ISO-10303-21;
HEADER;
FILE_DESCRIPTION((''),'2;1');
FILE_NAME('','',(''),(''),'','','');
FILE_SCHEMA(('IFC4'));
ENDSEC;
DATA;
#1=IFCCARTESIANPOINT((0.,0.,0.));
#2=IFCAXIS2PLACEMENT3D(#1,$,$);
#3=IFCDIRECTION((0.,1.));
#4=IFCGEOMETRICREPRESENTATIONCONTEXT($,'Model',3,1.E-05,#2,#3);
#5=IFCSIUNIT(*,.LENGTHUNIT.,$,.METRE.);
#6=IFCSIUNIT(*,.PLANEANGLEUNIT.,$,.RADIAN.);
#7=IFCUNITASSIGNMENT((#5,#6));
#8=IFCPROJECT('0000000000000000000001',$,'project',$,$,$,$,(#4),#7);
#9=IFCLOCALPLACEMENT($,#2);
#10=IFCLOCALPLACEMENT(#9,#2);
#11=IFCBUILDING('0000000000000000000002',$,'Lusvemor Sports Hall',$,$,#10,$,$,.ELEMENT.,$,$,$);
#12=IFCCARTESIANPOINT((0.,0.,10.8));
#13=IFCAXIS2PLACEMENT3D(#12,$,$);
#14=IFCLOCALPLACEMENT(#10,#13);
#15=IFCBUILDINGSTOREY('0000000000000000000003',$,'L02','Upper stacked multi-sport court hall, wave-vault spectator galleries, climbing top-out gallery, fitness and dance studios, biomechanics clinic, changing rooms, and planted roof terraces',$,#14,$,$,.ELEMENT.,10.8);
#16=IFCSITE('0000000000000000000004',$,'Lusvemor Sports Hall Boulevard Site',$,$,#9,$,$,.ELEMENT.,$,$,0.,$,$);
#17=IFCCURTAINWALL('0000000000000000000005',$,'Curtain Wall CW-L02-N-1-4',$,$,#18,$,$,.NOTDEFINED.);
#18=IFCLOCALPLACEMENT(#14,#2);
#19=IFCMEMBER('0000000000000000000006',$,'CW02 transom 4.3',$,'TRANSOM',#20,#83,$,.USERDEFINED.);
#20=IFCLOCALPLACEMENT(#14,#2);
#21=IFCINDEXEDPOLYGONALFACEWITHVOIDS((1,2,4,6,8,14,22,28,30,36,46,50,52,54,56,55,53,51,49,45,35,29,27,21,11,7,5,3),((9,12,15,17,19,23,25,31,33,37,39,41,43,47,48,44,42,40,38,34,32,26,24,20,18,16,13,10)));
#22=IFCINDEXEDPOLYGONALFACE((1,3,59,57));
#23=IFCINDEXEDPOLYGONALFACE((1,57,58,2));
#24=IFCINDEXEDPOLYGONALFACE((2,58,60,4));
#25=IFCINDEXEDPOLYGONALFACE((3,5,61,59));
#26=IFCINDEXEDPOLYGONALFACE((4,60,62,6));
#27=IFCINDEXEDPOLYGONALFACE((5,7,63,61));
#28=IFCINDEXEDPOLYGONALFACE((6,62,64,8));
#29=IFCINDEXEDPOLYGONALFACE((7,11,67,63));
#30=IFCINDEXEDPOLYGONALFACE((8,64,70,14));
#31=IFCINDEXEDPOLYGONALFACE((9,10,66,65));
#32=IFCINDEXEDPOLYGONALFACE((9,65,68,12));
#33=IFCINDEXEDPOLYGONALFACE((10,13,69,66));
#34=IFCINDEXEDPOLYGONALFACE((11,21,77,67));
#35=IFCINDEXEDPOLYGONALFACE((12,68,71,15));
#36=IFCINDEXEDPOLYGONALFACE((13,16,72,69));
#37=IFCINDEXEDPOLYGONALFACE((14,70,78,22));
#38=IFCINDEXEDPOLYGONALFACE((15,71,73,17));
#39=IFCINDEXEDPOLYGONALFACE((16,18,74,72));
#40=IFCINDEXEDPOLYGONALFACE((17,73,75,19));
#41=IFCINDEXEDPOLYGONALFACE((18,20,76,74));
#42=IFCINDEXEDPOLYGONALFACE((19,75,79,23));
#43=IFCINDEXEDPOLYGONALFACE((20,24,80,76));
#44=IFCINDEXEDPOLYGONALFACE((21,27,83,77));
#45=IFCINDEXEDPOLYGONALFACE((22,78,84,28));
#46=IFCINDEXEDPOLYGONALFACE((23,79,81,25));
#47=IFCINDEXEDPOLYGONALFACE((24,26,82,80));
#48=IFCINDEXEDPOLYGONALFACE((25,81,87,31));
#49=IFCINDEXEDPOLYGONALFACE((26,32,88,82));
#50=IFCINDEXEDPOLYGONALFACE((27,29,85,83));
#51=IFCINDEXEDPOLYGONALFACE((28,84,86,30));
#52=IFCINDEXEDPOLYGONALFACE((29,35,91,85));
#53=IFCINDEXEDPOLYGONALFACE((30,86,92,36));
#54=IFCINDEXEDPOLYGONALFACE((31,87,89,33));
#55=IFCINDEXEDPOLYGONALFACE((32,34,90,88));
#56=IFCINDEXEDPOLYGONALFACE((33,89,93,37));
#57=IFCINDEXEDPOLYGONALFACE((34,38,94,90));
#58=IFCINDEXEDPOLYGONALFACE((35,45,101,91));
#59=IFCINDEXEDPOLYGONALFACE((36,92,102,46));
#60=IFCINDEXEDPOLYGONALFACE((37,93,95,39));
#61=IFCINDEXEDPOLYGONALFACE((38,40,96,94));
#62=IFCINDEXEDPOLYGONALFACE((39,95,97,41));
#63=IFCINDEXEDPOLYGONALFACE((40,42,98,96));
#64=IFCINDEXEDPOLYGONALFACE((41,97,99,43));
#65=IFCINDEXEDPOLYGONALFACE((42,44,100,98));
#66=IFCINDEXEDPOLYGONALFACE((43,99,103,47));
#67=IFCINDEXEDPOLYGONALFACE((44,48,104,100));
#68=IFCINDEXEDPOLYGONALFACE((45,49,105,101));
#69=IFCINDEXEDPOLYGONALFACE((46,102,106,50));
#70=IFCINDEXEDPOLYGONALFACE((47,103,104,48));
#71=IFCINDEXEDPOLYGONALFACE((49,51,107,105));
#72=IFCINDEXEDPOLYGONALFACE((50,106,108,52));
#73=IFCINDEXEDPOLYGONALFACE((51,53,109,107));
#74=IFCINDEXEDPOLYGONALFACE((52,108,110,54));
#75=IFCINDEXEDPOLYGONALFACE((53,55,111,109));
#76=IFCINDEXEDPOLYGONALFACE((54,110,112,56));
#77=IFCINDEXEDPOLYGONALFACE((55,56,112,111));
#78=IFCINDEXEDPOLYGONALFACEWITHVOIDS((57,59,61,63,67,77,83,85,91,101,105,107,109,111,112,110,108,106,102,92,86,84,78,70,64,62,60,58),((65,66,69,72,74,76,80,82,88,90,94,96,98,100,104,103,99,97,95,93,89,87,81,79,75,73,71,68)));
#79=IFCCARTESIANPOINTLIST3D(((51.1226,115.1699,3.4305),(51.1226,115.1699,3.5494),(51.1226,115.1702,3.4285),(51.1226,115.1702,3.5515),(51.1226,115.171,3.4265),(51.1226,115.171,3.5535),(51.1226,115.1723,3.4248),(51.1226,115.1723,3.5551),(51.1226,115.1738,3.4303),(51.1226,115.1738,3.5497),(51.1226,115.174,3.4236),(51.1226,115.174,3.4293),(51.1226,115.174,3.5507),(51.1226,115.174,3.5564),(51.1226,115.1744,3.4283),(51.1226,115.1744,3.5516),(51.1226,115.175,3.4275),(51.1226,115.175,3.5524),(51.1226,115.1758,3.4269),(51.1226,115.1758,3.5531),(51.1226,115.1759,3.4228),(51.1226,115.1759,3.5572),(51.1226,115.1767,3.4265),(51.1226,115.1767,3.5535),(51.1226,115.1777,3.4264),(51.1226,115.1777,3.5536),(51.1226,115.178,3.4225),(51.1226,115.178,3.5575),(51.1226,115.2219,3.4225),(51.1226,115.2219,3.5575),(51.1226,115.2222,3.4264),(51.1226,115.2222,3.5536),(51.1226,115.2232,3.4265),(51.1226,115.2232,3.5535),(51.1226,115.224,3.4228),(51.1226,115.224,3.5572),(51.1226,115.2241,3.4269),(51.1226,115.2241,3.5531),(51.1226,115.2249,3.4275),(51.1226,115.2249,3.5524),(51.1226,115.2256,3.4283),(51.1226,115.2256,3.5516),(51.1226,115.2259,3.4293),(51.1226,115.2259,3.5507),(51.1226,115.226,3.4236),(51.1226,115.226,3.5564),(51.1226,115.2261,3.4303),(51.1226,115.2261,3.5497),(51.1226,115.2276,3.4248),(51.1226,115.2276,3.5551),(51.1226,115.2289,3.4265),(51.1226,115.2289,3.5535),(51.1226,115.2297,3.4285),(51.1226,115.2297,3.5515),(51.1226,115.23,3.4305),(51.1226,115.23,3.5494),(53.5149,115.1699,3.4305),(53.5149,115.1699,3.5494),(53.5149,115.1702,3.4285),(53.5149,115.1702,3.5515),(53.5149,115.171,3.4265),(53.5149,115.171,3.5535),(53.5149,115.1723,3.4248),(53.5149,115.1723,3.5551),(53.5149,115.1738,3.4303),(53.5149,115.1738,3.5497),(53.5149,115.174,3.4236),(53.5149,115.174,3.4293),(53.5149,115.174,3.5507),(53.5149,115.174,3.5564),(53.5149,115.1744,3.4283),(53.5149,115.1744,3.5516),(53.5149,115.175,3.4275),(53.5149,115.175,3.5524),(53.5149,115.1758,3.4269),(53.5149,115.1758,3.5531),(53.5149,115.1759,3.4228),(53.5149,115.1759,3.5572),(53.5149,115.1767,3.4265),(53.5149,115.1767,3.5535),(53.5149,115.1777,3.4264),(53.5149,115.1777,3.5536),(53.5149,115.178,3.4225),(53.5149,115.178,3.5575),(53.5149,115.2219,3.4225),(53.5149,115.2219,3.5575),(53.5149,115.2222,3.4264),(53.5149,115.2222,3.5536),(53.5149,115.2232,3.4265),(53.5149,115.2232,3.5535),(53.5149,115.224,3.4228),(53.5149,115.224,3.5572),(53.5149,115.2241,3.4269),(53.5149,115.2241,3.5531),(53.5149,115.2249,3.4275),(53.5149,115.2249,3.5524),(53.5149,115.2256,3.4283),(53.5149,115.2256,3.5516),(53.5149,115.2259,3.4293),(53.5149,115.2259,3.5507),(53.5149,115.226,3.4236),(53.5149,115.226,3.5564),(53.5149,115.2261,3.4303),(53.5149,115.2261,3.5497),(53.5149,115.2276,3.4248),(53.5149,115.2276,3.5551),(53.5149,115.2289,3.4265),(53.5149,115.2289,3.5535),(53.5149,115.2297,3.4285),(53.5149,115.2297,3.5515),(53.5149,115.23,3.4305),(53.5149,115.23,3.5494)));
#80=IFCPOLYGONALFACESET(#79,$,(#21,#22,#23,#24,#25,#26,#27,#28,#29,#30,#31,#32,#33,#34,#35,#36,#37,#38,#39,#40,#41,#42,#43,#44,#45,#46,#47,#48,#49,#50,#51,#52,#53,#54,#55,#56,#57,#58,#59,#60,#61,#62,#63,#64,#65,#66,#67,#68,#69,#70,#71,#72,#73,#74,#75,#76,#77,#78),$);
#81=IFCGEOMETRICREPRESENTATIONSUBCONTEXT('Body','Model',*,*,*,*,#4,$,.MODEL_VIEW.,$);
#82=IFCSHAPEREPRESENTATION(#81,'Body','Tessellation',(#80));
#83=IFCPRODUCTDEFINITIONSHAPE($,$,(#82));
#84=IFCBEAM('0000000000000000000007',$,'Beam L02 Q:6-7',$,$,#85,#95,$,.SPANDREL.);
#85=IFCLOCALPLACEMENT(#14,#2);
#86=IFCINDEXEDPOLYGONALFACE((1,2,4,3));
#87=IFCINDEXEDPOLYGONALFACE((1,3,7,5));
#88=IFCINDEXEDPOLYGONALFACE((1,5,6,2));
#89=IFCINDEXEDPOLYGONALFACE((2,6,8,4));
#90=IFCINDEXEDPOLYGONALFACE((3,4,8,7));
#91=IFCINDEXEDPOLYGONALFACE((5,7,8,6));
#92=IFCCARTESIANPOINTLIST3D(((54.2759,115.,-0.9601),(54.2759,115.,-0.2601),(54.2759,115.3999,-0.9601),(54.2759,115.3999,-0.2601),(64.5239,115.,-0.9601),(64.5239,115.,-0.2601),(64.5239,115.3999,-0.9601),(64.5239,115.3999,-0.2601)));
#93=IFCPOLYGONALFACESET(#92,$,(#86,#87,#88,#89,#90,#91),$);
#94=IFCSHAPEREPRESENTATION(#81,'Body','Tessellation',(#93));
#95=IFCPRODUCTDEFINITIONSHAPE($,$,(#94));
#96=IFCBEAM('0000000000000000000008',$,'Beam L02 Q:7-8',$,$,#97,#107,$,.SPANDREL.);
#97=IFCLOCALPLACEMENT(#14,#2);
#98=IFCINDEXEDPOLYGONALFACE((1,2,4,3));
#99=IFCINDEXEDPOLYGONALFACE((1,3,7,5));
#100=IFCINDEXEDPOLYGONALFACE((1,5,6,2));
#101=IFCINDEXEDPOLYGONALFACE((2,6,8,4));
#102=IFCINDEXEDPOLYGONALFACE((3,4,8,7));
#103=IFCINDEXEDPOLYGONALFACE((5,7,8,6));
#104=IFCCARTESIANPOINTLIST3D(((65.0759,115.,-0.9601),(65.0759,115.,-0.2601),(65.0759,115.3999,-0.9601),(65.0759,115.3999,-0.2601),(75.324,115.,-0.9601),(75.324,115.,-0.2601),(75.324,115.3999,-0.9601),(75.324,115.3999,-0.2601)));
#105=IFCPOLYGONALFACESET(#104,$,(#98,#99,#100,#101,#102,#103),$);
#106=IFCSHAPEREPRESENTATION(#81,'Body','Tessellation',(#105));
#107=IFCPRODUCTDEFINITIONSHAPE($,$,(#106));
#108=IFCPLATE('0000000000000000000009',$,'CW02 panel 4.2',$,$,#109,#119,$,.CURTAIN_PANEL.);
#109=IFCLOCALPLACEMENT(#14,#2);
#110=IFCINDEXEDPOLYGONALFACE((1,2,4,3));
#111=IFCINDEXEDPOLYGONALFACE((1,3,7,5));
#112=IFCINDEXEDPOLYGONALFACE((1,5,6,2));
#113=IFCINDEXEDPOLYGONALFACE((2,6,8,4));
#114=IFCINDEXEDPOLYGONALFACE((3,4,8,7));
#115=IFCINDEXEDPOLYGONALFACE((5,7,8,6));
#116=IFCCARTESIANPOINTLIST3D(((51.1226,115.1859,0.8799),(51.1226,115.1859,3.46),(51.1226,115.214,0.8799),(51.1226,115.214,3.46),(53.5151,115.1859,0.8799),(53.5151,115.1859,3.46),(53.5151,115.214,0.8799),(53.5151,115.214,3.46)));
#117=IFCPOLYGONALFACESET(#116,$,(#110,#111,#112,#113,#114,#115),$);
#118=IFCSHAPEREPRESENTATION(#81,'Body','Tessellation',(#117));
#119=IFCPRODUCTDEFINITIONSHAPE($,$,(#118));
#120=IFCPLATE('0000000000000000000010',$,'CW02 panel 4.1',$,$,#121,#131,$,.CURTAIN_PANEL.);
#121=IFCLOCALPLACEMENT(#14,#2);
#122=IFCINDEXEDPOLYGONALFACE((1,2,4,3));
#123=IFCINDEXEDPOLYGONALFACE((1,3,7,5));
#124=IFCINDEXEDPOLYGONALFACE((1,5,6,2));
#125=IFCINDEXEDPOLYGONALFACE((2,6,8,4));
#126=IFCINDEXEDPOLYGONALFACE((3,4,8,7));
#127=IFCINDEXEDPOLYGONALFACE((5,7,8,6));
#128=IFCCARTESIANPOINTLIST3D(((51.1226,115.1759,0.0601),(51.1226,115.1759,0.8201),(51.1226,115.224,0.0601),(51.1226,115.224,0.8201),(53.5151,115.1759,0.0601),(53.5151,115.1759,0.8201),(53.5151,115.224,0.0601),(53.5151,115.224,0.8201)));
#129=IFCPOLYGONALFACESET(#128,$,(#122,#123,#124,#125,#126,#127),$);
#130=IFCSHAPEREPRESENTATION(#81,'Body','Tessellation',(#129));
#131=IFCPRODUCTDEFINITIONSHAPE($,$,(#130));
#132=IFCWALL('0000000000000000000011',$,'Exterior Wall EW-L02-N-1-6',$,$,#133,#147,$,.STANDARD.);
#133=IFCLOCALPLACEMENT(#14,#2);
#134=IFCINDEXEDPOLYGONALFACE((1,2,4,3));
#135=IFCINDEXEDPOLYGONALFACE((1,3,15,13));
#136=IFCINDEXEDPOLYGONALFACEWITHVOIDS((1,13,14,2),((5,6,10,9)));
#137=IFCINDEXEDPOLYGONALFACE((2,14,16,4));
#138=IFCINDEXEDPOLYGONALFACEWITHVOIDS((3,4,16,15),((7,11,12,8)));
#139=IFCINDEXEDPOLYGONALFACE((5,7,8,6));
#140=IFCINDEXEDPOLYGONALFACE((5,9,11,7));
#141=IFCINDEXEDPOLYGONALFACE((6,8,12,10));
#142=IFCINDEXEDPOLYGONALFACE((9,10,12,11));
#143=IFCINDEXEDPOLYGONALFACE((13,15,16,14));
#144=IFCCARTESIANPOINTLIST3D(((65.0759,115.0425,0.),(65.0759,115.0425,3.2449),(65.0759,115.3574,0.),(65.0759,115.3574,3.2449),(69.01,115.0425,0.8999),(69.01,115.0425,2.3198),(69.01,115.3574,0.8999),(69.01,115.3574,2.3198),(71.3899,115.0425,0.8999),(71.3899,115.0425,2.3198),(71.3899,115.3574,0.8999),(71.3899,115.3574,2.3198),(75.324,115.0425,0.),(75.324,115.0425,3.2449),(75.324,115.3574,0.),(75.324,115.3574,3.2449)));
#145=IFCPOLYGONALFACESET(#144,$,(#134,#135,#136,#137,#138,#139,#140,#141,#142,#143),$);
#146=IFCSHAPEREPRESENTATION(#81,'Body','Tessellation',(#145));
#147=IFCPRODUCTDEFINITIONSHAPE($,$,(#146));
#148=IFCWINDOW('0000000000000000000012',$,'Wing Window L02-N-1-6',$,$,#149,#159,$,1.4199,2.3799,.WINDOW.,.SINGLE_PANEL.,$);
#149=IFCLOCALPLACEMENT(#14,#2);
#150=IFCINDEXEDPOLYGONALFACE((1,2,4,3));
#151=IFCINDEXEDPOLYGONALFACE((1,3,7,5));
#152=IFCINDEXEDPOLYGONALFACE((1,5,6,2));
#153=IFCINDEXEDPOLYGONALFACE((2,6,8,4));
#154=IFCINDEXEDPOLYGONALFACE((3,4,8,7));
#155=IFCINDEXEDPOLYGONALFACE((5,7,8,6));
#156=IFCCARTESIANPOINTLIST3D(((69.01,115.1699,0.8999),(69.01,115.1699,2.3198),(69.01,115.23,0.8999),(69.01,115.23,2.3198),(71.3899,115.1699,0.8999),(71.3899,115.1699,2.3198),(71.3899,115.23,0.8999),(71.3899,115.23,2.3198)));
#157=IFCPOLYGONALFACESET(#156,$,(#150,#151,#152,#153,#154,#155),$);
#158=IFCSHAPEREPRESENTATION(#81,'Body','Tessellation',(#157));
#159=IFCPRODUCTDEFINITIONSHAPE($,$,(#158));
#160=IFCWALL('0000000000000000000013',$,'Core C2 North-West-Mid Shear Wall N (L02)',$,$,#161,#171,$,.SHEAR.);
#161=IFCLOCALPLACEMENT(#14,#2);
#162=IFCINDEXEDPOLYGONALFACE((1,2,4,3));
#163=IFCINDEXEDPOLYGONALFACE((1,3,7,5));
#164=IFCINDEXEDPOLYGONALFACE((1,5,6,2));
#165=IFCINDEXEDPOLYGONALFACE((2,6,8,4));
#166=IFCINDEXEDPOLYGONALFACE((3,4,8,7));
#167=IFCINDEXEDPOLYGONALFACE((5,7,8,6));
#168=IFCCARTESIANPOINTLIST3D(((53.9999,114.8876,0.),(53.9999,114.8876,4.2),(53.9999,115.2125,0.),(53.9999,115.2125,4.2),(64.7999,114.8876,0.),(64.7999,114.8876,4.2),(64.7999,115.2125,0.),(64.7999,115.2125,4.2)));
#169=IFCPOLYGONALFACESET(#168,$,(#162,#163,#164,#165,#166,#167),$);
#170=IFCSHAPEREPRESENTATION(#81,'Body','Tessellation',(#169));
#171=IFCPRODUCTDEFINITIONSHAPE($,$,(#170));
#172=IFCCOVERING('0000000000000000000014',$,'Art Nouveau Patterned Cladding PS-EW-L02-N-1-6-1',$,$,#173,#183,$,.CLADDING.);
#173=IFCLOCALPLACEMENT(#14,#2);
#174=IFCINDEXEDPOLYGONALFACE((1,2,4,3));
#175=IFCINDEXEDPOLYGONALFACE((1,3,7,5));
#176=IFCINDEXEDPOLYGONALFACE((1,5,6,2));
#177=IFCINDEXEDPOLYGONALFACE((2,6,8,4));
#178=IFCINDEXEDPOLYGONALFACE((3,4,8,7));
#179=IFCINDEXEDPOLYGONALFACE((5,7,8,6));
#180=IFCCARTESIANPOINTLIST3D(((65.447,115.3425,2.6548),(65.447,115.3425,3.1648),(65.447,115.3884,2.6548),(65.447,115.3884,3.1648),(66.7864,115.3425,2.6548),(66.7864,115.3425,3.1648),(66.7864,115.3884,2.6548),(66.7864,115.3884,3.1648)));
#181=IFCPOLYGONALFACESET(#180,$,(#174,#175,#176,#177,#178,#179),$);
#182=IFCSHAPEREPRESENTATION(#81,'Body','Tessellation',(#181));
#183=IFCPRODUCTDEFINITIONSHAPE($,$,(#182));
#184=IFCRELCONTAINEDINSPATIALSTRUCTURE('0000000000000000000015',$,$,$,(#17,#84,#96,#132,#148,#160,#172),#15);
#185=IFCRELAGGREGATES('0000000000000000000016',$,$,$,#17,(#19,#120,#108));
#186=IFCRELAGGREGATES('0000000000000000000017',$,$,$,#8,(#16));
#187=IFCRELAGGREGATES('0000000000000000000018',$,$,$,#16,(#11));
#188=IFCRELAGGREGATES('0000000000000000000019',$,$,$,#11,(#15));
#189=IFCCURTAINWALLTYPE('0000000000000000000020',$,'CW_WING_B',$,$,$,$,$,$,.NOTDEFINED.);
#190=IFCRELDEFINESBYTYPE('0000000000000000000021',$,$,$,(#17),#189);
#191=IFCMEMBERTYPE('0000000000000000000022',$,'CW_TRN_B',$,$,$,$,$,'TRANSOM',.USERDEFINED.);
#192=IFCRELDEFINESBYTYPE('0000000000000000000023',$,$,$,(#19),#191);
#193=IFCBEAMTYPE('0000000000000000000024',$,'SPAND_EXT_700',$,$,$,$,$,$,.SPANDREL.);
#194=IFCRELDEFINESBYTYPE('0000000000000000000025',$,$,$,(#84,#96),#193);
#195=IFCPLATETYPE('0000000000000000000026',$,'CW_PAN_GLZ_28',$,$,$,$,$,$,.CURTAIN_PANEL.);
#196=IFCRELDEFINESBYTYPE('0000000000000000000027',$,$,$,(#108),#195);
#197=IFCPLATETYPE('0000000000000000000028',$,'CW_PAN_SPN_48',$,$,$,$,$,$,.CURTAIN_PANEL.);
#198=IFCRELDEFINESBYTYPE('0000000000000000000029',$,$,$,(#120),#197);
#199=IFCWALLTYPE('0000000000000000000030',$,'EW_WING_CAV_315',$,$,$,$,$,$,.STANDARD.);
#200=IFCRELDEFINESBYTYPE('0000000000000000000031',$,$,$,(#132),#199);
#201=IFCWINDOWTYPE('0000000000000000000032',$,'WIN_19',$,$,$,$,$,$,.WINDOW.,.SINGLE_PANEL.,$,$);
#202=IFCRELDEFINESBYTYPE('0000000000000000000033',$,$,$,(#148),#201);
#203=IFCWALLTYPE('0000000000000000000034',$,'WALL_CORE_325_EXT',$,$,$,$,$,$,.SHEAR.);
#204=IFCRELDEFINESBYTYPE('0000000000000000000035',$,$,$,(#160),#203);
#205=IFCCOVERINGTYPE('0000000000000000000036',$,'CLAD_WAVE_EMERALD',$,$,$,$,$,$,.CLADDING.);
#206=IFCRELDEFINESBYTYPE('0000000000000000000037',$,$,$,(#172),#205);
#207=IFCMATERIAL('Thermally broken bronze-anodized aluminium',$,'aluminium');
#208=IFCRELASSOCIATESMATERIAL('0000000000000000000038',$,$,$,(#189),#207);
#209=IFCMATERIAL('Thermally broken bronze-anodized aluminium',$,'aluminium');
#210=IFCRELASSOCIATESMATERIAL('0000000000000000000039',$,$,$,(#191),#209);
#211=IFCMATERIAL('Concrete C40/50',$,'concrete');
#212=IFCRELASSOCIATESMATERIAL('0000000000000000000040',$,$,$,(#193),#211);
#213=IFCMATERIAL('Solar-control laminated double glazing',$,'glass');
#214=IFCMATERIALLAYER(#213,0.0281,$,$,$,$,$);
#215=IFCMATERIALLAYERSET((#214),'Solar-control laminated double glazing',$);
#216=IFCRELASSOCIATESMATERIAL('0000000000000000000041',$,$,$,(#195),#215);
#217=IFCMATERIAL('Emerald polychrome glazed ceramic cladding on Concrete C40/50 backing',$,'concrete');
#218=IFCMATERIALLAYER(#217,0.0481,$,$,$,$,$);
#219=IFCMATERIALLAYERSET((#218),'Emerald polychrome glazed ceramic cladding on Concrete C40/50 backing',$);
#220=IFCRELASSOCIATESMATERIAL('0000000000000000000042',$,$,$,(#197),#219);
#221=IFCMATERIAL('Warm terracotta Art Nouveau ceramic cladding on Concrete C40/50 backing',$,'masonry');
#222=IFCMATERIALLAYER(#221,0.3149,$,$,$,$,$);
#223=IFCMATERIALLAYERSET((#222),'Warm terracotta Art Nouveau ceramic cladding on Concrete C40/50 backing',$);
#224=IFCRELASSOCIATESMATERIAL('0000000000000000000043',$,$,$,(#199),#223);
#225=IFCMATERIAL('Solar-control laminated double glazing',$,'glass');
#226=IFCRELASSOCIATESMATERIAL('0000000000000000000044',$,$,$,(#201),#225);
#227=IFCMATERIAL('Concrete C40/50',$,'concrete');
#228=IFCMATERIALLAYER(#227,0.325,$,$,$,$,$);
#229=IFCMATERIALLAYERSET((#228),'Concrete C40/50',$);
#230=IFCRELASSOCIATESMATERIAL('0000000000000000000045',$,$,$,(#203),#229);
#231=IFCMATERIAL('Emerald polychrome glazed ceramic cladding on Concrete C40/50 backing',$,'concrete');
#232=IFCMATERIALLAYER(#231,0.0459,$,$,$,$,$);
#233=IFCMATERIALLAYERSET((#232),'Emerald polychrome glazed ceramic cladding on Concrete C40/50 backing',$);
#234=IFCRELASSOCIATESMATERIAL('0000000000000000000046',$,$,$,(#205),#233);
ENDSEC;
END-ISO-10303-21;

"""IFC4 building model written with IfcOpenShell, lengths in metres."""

from ifc_helpers import new_model, si_unit, direction, frame, frame_2d, origin, origin_2d, place, context, subcontext, project, spatial, rectangle, hollow_rectangle, extrude, material, layer, layer_set, material_profile, profile_set, type_object, element, fill, aggregate, save


model = new_model("IFC4")

# Units and contexts
model_context = context("Model", 3, precision=1e-05, world=origin(), true_north=direction((0.0, 1.0)))
body_context = subcontext(model_context, "Body", "Model", "MODEL_VIEW")
ifc_project = project(units=[si_unit("LENGTHUNIT", "METRE"), si_unit("PLANEANGLEUNIT", "RADIAN")], contexts=[model_context])

# Site, building, storey
site_placement = place(None, origin())
site = spatial("IfcSite", under=ifc_project, at=site_placement, Name="Lusvemor Sports Hall Boulevard Site", CompositionType="ELEMENT", RefElevation=0.0)
building_placement = place(site_placement, origin())
building = spatial("IfcBuilding", under=site, at=building_placement, Name="Lusvemor Sports Hall", CompositionType="ELEMENT")
storey_placement = place(building_placement, frame((0.0, 0.0, 10.8)))
storey = spatial("IfcBuildingStorey", under=building, at=storey_placement, Name="L02", Description="Upper stacked multi-sport court hall, wave-vault spectator galleries, climbing top-out gallery, fitness and dance studios, biomechanics clinic, changing rooms, and planted roof terraces", CompositionType="ELEMENT", Elevation=10.8)

# Curtain wall, member
ifc_material_1 = material(Name="Thermally broken bronze-anodized aluminium", Category="aluminium")
curtain_wall_type = type_object("IfcCurtainWallType", Name="CW_WING_B", PredefinedType="NOTDEFINED", material=ifc_material_1)
curtain_wall_placement = place(storey_placement, origin())
curtain_wall = element("IfcCurtainWall", 1, at=curtain_wall_placement, inside=storey, type_object=curtain_wall_type, Name="Curtain Wall CW-L02-N-1-4", PredefinedType="NOTDEFINED")
ifc_material_2 = material(Name="Thermally broken bronze-anodized aluminium", Category="aluminium")
ifc_material_profile_1 = material_profile(ifc_material_2, hollow_rectangle(XDim=0.0601, YDim=0.135, WallThickness=0.0039, InnerFilletRadius=0.0039, OuterFilletRadius=0.0081, at=origin_2d()), Name="CWTRN135x60x4")
ifc_profile_set_1 = profile_set([ifc_material_profile_1], Name="Thermally broken bronze-anodized aluminium")
member_type_1 = type_object("IfcMemberType", Name="CW_TRN_B", ElementType="TRANSOM", PredefinedType="USERDEFINED", material=ifc_profile_set_1)
member_1_placement = place(storey_placement, frame((51.1226, 115.2, 3.49), z_axis=(1.0, 0.0, 0.0), x_axis=(0.0, 1.0, 0.0)))
member_1 = element("IfcMember", 2, at=member_1_placement, type_object=member_type_1, Name="CW02 transom 4.3", ObjectType="TRANSOM", PredefinedType="USERDEFINED", context=body_context, shape_type="SweptSolid", body=[
    extrude(hollow_rectangle(XDim=0.0601, YDim=0.135, WallThickness=0.0039, InnerFilletRadius=0.0039, OuterFilletRadius=0.0081, at=origin_2d()), origin(), (0.0, 0.0, 1.0), 2.3923),
])

# Beams
ifc_material_3 = material(Name="Concrete C40/50", Category="concrete")
ifc_material_profile_2 = material_profile(ifc_material_3, rectangle(XDim=0.3999, YDim=0.7, at=origin_2d()), Name="RC400x700")
ifc_profile_set_2 = profile_set([ifc_material_profile_2], Name="Concrete C40/50")
beam_type = type_object("IfcBeamType", Name="SPAND_EXT_700", PredefinedType="SPANDREL", material=ifc_profile_set_2)
for number, where, z_axis, x_axis, name in (
    (3, (54.2759, 115.2, -0.6101), (1.0, 0.0, 0.0), (0.0, 1.0, 0.0), "Beam L02 Q:6-7"),
    (4, (65.0759, 115.2, -0.6101), (1.0, 0.0, 0.0), (0.0, 1.0, 0.0), "Beam L02 Q:7-8"),
):
    element("IfcBeam", number, at=place(storey_placement, frame(where, z_axis=z_axis, x_axis=x_axis)), inside=storey, type_object=beam_type, Name=name, PredefinedType="SPANDREL", context=body_context, shape_type="SweptSolid", body=[
        extrude(rectangle(XDim=0.3999, YDim=0.7, at=origin_2d()), origin(), (0.0, 0.0, 1.0), 10.248),
    ])

# Plates
ifc_material_4 = material(Name="Solar-control laminated double glazing", Category="glass")
ifc_layer_1 = layer(ifc_material_4, 0.0281)
ifc_layer_set_1 = layer_set([ifc_layer_1], Name="Solar-control laminated double glazing")
plate_type_1 = type_object("IfcPlateType", Name="CW_PAN_GLZ_28", PredefinedType="CURTAIN_PANEL", material=ifc_layer_set_1)
plate_1_placement = place(storey_placement, frame((52.3188, 115.2, 0.8799), z_axis=(0.0, 0.0, 1.0), x_axis=(1.0, 0.0, 0.0)))
plate_1 = element("IfcPlate", 5, at=plate_1_placement, type_object=plate_type_1, Name="CW02 panel 4.2", PredefinedType="CURTAIN_PANEL", context=body_context, shape_type="SweptSolid", body=[
    extrude(rectangle(XDim=2.3926, YDim=0.0281, at=origin_2d()), origin(), (0.0, 0.0, 1.0), 2.5801),
])
ifc_material_5 = material(Name="Emerald polychrome glazed ceramic cladding on Concrete C40/50 backing", Category="concrete")
ifc_layer_2 = layer(ifc_material_5, 0.0481)
ifc_layer_set_2 = layer_set([ifc_layer_2], Name="Emerald polychrome glazed ceramic cladding on Concrete C40/50 backing")
plate_type_2 = type_object("IfcPlateType", Name="CW_PAN_SPN_48", PredefinedType="CURTAIN_PANEL", material=ifc_layer_set_2)
plate_2_placement = place(storey_placement, frame((52.3188, 115.2, 0.0601), z_axis=(0.0, 0.0, 1.0), x_axis=(1.0, 0.0, 0.0)))
plate_2 = element("IfcPlate", 6, at=plate_2_placement, type_object=plate_type_2, Name="CW02 panel 4.1", PredefinedType="CURTAIN_PANEL", context=body_context, shape_type="SweptSolid", body=[
    extrude(rectangle(XDim=2.3926, YDim=0.0481, at=origin_2d()), origin(), (0.0, 0.0, 1.0), 0.76),
])
aggregate(curtain_wall, [member_1, plate_2, plate_1])

# Wall, opening, window
ifc_material_6 = material(Name="Warm terracotta Art Nouveau ceramic cladding on Concrete C40/50 backing", Category="masonry")
ifc_layer_3 = layer(ifc_material_6, 0.3149)
ifc_layer_set_3 = layer_set([ifc_layer_3], Name="Warm terracotta Art Nouveau ceramic cladding on Concrete C40/50 backing")
wall_type_1 = type_object("IfcWallType", Name="EW_WING_CAV_315", PredefinedType="STANDARD", material=ifc_layer_set_3)
wall_1_placement = place(storey_placement, frame((65.0759, 115.2, 0.0), z_axis=(0.0, 0.0, 1.0), x_axis=(1.0, 0.0, 0.0)))
wall_1 = element("IfcWall", 7, at=wall_1_placement, inside=storey, type_object=wall_type_1, Name="Exterior Wall EW-L02-N-1-6", PredefinedType="STANDARD", context=body_context, shape_type="SweptSolid", body=[
    extrude(rectangle(XDim=10.248, YDim=0.3149, at=frame_2d((5.124, 0.0))), origin(), (0.0, 0.0, 1.0), 3.2449),
])
opening_1_placement = place(wall_1_placement, frame((3.9341, 0.0, 0.8999)))
opening_1 = element("IfcOpeningElement", 8, at=opening_1_placement, cuts=wall_1, PredefinedType="OPENING", context=body_context, shape_type="SweptSolid", body=[
    extrude(rectangle(XDim=2.3799, YDim=1.4199, at=frame_2d((1.1899, 0.71))), frame((0.0, 0.1575, 0.0), z_axis=(0.0, -1.0, 0.0), x_axis=(1.0, 0.0, 0.0)), (0.0, 0.0, 1.0), 0.3149),
])
ifc_material_7 = material(Name="Solar-control laminated double glazing", Category="glass")
window_type = type_object("IfcWindowType", Name="WIN_19", PartitioningType="SINGLE_PANEL", PredefinedType="WINDOW", material=ifc_material_7)
window_placement = place(opening_1_placement, origin())
window = element("IfcWindow", 9, at=window_placement, inside=storey, type_object=window_type, Name="Wing Window L02-N-1-6", OverallHeight=1.4199, OverallWidth=2.3799, PartitioningType="SINGLE_PANEL", PredefinedType="WINDOW", context=body_context, shape_type="SweptSolid", body=[
    extrude(rectangle(XDim=2.3799, YDim=1.4199, at=frame_2d((1.1899, 0.71))), frame((0.0, 0.03, 0.0), z_axis=(0.0, -1.0, 0.0), x_axis=(1.0, 0.0, 0.0)), (0.0, 0.0, 1.0), 0.0601),
])
fill(opening_1, window)

# Wall
ifc_material_8 = material(Name="Concrete C40/50", Category="concrete")
ifc_layer_4 = layer(ifc_material_8, 0.325)
ifc_layer_set_4 = layer_set([ifc_layer_4], Name="Concrete C40/50")
wall_type_2 = type_object("IfcWallType", Name="WALL_CORE_325_EXT", PredefinedType="SHEAR", material=ifc_layer_set_4)
wall_2_placement = place(storey_placement, frame((54.0, 115.05, 0.0), z_axis=(0.0, 0.0, 1.0), x_axis=(1.0, 0.0, 0.0)))
element("IfcWall", 10, at=wall_2_placement, inside=storey, type_object=wall_type_2, Name="Core C2 North-West-Mid Shear Wall N (L02)", PredefinedType="SHEAR", context=body_context, shape_type="SweptSolid", body=[
    extrude(rectangle(XDim=10.8, YDim=0.325, at=frame_2d((5.3999, 0.0))), origin(), (0.0, 0.0, 1.0), 4.2),
])

# Covering
ifc_material_9 = material(Name="Emerald polychrome glazed ceramic cladding on Concrete C40/50 backing", Category="concrete")
ifc_layer_5 = layer(ifc_material_9, 0.0459)
ifc_layer_set_5 = layer_set([ifc_layer_5], Name="Emerald polychrome glazed ceramic cladding on Concrete C40/50 backing")
covering_type_1 = type_object("IfcCoveringType", Name="CLAD_WAVE_EMERALD", PredefinedType="CLADDING", material=ifc_layer_set_5)
covering_1_placement = place(storey_placement, frame((66.1167, 115.3655, 2.6548), z_axis=(0.0, 0.0, 1.0), x_axis=(1.0, 0.0, 0.0)))
element("IfcCovering", 11, at=covering_1_placement, inside=storey, type_object=covering_type_1, Name="Art Nouveau Patterned Cladding PS-EW-L02-N-1-6-1", PredefinedType="CLADDING", context=body_context, shape_type="SweptSolid", body=[
    extrude(rectangle(XDim=1.3394, YDim=0.0459, at=origin_2d()), origin(), (0.0, 0.0, 1.0), 0.51),
])

save(model, "model.ifc")
